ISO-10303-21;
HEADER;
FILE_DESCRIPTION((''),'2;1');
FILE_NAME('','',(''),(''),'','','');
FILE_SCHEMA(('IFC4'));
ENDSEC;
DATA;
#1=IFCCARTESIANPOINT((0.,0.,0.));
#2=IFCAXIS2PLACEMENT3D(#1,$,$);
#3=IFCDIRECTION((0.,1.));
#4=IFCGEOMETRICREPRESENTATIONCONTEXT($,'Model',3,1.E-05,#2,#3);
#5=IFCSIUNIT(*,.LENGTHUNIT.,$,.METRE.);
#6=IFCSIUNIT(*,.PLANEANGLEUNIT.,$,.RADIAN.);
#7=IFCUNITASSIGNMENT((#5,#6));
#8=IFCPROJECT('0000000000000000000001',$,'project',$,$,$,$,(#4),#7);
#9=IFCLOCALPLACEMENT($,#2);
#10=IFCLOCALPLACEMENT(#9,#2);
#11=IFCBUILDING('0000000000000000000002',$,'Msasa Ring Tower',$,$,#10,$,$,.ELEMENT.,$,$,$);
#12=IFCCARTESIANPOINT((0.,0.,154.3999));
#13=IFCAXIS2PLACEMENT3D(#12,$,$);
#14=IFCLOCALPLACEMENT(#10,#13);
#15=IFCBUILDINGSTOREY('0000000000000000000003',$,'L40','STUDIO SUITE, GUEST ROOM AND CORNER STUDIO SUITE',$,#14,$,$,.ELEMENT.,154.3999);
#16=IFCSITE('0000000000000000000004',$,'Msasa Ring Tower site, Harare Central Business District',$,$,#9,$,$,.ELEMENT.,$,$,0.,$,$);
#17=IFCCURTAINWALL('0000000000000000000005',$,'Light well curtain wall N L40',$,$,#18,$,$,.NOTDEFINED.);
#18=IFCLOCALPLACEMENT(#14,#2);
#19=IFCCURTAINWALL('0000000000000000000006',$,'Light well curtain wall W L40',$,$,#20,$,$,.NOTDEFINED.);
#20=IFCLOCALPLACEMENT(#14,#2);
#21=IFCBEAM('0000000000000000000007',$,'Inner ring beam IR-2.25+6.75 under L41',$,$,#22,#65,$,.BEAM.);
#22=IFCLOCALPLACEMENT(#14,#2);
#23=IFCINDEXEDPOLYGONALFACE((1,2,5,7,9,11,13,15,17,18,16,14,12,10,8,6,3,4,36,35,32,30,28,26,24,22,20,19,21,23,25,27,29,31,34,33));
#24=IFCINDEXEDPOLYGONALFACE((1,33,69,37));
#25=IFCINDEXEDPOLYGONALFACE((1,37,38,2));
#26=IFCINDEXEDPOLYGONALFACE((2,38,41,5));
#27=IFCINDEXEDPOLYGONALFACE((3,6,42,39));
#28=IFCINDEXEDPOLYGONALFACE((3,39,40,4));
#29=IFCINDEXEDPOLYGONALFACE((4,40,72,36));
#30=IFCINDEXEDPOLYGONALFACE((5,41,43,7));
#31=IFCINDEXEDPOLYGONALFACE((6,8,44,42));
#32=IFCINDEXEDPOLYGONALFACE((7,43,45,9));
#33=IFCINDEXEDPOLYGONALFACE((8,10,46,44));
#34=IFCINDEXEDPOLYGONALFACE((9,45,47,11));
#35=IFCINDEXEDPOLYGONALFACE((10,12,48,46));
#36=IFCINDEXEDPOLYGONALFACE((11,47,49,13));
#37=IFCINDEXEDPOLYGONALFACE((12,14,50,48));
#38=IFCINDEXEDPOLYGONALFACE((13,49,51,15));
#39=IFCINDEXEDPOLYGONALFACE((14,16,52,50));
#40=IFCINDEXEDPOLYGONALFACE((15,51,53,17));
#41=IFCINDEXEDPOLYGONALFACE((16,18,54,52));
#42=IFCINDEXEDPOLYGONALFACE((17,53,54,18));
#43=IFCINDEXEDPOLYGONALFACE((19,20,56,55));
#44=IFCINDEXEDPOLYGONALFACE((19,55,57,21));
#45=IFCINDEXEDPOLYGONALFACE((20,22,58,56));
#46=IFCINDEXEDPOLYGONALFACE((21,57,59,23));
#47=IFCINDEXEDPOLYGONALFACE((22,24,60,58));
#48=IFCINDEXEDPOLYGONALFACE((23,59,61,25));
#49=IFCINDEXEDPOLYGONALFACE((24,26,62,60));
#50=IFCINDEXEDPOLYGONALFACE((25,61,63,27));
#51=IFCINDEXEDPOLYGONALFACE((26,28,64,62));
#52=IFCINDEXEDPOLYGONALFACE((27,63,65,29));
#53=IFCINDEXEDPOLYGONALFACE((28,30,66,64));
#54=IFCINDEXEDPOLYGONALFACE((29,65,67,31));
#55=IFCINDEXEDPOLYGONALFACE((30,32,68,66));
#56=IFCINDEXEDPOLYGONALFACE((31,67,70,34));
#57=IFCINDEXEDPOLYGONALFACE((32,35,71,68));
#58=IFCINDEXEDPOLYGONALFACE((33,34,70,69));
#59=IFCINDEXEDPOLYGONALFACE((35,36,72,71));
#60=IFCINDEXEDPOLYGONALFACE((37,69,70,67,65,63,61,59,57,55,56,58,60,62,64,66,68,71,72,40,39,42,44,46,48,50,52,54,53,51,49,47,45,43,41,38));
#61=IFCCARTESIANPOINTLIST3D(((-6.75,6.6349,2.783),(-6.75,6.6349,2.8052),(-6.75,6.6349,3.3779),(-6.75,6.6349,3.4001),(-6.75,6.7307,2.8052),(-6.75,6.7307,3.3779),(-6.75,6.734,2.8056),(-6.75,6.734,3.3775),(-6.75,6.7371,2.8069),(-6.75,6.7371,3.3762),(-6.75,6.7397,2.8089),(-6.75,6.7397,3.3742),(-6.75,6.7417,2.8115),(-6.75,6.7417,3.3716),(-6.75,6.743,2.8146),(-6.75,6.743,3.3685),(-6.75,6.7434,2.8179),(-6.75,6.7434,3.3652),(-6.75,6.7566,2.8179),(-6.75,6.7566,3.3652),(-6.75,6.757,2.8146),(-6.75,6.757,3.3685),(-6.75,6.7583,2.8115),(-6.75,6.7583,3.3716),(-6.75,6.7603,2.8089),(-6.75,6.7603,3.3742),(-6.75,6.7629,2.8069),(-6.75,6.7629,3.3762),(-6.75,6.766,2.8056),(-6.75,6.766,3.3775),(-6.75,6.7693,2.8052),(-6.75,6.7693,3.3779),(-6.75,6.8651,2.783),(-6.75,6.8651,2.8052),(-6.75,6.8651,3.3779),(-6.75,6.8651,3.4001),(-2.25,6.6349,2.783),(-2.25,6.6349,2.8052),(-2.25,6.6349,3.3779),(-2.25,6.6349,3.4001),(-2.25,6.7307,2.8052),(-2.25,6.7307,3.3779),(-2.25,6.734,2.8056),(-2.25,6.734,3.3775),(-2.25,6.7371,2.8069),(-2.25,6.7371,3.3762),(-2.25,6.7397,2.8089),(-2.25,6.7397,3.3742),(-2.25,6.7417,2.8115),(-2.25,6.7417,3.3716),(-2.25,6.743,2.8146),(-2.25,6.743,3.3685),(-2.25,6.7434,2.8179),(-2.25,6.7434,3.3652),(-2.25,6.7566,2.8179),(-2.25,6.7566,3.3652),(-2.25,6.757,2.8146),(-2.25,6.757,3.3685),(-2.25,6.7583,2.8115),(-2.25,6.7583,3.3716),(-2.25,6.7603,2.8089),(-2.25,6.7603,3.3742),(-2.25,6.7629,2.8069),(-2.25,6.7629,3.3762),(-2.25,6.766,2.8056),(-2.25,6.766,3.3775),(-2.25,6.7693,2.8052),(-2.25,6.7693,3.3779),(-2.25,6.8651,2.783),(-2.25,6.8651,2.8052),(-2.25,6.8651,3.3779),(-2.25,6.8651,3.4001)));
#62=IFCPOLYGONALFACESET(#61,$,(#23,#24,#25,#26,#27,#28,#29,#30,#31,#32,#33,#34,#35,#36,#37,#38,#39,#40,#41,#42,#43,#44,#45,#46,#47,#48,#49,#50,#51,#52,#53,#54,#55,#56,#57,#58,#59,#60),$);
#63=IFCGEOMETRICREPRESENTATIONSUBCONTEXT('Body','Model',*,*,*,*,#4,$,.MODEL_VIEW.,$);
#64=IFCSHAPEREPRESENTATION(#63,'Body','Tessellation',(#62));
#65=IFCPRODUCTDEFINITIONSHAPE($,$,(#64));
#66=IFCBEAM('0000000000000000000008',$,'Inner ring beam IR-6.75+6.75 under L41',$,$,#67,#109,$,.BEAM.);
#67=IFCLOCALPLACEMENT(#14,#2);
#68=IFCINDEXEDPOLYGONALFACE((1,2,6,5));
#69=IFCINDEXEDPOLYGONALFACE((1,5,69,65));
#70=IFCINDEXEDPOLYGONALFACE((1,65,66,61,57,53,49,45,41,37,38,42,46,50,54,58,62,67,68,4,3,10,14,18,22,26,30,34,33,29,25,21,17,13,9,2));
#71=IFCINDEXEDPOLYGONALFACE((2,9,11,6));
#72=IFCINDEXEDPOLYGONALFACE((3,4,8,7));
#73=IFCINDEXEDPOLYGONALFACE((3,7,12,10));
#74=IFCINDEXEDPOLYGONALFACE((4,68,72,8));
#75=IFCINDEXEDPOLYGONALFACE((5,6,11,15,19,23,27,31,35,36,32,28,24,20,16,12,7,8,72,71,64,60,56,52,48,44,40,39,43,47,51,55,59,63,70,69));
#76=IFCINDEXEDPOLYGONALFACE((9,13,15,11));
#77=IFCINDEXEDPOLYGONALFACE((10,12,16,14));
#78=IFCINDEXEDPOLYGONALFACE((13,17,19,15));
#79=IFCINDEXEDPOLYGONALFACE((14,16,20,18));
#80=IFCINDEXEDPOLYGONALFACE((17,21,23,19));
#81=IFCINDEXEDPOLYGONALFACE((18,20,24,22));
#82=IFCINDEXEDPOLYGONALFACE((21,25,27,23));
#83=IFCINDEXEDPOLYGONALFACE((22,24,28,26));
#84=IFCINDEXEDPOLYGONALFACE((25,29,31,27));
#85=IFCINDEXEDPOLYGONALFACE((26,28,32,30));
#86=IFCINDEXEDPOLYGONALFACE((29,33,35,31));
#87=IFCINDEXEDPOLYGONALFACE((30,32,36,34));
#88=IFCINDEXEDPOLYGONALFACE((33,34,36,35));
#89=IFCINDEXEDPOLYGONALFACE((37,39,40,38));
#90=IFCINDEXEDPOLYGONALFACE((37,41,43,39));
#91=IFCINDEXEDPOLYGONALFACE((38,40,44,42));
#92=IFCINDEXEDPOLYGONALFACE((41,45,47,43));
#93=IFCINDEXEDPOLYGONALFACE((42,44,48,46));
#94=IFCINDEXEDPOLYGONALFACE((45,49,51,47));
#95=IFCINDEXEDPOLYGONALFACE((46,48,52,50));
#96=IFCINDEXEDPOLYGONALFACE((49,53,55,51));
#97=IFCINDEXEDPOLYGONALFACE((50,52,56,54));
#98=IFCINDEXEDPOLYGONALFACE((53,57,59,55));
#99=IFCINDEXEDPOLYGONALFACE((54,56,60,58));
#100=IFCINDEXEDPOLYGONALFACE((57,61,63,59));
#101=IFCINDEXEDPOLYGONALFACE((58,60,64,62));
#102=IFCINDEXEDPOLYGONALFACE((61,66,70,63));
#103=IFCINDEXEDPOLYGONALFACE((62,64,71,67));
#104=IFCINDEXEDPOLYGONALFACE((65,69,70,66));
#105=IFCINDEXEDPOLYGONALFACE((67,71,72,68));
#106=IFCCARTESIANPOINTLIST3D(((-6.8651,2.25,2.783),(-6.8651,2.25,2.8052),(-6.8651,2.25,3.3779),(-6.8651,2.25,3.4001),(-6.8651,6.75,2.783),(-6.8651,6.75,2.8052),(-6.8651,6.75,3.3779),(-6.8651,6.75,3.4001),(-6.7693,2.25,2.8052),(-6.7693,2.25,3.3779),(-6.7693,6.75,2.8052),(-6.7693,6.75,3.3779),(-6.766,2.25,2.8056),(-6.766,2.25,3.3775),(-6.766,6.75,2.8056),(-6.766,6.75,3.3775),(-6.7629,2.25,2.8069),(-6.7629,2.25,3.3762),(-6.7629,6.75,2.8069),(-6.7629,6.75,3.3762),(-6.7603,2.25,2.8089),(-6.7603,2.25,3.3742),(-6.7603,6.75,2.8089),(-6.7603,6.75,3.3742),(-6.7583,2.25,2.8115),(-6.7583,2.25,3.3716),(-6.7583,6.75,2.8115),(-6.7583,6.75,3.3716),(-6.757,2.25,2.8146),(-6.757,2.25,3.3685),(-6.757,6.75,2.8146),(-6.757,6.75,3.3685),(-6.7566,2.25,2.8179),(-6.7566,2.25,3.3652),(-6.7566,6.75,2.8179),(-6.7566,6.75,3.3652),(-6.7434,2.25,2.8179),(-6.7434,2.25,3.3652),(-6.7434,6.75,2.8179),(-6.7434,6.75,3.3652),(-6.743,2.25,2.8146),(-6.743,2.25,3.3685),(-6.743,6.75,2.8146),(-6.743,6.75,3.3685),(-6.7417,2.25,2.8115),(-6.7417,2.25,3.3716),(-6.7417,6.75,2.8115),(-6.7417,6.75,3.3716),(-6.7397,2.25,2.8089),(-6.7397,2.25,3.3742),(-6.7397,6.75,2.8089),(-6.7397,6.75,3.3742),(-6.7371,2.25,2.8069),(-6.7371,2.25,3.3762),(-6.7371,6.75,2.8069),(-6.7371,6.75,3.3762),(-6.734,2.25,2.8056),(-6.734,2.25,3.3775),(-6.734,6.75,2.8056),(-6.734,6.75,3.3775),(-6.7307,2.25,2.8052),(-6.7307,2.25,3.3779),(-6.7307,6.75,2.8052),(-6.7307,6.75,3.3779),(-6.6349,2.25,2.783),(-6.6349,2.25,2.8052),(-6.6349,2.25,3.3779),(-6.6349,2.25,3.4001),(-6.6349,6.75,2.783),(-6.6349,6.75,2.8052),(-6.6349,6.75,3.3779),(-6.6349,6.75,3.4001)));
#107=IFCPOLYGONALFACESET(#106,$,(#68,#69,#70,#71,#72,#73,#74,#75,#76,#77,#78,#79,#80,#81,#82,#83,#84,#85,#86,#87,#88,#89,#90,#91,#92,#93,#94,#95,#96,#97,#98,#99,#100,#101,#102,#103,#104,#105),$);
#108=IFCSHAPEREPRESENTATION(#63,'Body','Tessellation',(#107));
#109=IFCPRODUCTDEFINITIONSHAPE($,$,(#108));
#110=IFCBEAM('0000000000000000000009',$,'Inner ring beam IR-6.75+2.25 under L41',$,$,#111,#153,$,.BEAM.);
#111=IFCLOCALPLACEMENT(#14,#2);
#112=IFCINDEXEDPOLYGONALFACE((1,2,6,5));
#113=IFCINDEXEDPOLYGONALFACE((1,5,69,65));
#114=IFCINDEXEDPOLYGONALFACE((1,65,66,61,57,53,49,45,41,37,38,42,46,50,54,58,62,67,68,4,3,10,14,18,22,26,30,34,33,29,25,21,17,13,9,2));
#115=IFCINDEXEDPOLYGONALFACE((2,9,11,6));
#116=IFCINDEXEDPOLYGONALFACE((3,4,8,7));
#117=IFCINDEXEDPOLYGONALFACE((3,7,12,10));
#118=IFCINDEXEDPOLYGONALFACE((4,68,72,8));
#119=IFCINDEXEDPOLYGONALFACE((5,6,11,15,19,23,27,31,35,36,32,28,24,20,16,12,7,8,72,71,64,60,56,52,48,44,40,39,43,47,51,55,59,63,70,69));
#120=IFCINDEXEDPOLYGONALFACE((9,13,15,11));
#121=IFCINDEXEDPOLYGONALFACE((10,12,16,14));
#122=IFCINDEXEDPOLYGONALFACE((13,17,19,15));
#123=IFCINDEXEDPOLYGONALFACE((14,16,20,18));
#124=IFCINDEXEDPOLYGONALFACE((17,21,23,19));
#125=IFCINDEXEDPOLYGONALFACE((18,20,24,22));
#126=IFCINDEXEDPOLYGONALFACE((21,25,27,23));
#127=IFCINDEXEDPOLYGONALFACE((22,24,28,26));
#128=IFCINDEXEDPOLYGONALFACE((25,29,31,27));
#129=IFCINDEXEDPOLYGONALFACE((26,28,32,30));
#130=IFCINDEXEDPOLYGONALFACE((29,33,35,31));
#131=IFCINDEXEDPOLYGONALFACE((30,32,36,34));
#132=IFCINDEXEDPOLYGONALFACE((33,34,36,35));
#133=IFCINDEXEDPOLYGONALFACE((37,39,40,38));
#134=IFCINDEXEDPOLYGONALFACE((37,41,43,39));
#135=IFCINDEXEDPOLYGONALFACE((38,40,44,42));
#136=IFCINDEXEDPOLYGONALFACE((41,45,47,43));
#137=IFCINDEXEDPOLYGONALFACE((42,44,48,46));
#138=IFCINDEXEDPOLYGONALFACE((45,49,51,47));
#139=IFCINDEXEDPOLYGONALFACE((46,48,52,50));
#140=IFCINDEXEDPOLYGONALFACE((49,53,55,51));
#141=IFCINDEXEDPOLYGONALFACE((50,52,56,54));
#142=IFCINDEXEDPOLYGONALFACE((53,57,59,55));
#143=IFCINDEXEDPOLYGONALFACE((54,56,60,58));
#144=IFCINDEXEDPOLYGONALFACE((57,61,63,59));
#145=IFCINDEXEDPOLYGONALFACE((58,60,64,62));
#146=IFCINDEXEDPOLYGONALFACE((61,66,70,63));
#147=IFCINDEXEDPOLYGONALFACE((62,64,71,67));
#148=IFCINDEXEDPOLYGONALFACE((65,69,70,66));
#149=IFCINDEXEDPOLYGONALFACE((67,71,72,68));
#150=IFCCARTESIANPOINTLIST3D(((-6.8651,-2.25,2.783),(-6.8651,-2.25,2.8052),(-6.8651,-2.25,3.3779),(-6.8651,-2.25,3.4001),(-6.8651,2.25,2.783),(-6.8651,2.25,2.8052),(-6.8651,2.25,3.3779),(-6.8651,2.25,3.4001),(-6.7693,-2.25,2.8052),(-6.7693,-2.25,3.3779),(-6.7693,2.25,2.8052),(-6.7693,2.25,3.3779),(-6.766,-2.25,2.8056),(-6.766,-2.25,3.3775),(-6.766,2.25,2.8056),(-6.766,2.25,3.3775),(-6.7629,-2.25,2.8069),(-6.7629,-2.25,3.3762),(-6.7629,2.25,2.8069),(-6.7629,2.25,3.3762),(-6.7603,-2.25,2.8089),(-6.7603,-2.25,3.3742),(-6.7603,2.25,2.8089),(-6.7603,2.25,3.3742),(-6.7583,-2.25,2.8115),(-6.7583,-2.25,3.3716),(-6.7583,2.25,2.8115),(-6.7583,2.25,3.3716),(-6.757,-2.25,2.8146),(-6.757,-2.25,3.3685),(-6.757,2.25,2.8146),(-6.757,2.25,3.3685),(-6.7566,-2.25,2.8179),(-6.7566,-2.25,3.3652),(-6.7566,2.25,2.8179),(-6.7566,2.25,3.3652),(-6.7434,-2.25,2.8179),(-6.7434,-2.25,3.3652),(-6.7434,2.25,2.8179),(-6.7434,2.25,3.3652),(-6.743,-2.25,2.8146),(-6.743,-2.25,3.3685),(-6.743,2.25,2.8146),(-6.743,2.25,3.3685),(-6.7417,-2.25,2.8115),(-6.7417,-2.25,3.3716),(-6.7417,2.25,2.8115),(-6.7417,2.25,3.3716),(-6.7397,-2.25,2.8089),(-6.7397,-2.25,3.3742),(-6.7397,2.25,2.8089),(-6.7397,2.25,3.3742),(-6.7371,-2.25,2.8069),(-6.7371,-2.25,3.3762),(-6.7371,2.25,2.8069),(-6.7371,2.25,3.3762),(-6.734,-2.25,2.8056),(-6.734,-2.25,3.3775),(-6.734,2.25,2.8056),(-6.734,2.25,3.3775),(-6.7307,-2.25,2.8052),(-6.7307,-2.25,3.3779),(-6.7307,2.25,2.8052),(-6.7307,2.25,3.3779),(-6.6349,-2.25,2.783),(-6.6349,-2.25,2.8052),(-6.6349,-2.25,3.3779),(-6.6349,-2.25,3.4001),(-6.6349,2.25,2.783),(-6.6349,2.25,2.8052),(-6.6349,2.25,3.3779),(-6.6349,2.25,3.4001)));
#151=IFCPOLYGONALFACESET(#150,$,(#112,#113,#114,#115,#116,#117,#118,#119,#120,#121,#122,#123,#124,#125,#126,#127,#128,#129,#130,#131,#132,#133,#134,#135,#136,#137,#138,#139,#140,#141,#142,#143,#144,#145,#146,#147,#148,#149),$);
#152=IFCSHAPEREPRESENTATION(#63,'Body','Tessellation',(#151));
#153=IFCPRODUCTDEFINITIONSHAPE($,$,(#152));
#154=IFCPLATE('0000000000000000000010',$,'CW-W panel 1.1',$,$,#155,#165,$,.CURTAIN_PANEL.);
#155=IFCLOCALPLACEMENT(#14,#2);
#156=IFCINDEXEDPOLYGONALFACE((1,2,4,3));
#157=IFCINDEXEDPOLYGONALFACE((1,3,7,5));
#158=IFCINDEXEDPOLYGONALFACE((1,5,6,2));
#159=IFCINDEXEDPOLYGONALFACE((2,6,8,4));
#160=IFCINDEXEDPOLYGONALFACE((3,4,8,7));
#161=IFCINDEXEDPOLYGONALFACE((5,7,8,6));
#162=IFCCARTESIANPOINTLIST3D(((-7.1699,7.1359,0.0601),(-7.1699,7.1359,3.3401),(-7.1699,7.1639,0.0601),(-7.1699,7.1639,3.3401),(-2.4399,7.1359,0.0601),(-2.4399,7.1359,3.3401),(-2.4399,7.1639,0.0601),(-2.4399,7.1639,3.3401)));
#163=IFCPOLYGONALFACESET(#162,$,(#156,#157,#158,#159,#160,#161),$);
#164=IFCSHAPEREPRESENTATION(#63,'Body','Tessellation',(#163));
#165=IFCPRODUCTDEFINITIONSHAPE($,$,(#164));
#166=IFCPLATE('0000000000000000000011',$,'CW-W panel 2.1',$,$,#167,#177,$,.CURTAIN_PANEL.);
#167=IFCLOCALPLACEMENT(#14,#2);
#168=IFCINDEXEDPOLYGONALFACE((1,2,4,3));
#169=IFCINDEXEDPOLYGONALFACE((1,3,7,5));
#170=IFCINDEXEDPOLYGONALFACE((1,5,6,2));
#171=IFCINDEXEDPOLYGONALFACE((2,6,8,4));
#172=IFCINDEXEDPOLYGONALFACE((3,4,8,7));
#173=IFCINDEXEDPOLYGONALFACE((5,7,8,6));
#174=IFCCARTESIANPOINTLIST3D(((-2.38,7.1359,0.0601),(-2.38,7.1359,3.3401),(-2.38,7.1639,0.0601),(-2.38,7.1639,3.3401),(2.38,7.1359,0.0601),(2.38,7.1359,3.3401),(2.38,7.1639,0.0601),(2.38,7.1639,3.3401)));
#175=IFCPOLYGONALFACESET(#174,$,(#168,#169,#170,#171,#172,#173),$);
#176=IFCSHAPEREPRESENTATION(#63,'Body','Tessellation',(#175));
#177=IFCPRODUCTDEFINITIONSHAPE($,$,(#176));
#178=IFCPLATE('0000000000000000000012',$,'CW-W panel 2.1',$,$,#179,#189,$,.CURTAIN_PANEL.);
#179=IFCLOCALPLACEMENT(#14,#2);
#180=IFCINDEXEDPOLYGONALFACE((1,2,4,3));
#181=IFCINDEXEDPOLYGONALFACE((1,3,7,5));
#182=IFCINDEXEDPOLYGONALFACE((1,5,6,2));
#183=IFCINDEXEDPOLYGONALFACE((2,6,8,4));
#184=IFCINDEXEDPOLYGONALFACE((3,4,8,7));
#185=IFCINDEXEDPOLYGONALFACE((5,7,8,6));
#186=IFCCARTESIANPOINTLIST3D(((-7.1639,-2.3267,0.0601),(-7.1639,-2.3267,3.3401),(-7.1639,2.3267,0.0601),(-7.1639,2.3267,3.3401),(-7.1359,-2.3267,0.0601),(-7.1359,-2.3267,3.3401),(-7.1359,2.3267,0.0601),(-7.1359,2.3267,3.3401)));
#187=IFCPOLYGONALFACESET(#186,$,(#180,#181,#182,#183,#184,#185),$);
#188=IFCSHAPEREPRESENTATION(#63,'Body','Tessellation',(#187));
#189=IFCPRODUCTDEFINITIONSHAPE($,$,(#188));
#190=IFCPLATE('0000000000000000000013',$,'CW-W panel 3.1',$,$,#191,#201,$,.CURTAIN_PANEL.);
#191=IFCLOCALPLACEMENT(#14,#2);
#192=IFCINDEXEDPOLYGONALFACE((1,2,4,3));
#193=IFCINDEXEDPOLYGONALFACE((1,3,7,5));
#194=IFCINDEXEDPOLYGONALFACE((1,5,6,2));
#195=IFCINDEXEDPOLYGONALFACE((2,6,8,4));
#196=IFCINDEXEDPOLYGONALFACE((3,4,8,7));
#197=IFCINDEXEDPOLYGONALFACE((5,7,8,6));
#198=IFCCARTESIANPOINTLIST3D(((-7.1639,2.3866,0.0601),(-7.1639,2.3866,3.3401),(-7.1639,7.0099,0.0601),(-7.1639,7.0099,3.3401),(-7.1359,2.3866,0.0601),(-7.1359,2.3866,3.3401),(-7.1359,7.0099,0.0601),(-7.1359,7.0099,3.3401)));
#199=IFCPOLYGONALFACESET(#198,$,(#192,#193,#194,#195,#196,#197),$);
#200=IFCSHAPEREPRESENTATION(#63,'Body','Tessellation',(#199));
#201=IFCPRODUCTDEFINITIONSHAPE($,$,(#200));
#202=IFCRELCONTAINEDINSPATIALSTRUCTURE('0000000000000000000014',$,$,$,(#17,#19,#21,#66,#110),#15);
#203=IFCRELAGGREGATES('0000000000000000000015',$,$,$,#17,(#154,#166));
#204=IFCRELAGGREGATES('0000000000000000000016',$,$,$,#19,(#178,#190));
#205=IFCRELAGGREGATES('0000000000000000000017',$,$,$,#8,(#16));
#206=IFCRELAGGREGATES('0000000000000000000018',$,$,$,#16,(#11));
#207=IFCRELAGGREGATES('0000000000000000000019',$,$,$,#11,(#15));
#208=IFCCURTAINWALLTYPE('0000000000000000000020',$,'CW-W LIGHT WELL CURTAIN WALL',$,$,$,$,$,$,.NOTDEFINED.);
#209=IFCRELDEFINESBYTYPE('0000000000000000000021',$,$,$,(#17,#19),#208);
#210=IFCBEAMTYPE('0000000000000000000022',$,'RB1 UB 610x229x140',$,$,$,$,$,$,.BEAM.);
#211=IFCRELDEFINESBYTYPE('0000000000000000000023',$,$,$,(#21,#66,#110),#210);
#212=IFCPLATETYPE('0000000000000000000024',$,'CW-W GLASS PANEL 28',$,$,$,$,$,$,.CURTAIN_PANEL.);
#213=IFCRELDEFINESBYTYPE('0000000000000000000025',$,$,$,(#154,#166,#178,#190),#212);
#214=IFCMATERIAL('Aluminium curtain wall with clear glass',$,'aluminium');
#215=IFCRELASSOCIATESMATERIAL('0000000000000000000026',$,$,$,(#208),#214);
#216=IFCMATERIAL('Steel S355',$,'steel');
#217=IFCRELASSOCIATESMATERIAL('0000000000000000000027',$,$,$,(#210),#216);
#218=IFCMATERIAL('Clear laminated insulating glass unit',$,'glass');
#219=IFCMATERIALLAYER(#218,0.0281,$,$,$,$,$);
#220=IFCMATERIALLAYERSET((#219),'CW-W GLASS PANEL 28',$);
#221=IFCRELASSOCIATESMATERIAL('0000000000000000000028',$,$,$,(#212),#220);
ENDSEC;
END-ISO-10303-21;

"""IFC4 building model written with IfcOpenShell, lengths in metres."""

from ifc_helpers import new_model, si_unit, direction, frame, origin, origin_2d, place, context, subcontext, project, spatial, rectangle, i_section, extrude, material, layer, layer_set, material_profile, profile_set, type_object, element, aggregate, save


model = new_model("IFC4")

# Units and contexts
model_context = context("Model", 3, precision=1e-05, world=origin(), true_north=direction((0.0, 1.0)))
body_context = subcontext(model_context, "Body", "Model", "MODEL_VIEW")
ifc_project = project(units=[si_unit("LENGTHUNIT", "METRE"), si_unit("PLANEANGLEUNIT", "RADIAN")], contexts=[model_context])

# Site, building, storey
site_placement = place(None, origin())
site = spatial("IfcSite", under=ifc_project, at=site_placement, Name="Msasa Ring Tower site, Harare Central Business District", CompositionType="ELEMENT", RefElevation=0.0)
building_placement = place(site_placement, origin())
building = spatial("IfcBuilding", under=site, at=building_placement, Name="Msasa Ring Tower", CompositionType="ELEMENT")
storey_placement = place(building_placement, frame((0.0, 0.0, 154.3999)))
storey = spatial("IfcBuildingStorey", under=building, at=storey_placement, Name="L40", Description="STUDIO SUITE, GUEST ROOM AND CORNER STUDIO SUITE", CompositionType="ELEMENT", Elevation=154.3999)

# Curtain wall
ifc_material_1 = material(Name="Aluminium curtain wall with clear glass", Category="aluminium")
curtain_wall_type = type_object("IfcCurtainWallType", Name="CW-W LIGHT WELL CURTAIN WALL", PredefinedType="NOTDEFINED", material=ifc_material_1)
curtain_wall_1_placement = place(storey_placement, origin())
curtain_wall_1 = element("IfcCurtainWall", 1, at=curtain_wall_1_placement, inside=storey, type_object=curtain_wall_type, Name="Light well curtain wall N L40", PredefinedType="NOTDEFINED")

# Curtain wall
curtain_wall_2_placement = place(storey_placement, origin())
curtain_wall_2 = element("IfcCurtainWall", 2, at=curtain_wall_2_placement, inside=storey, type_object=curtain_wall_type, Name="Light well curtain wall W L40", PredefinedType="NOTDEFINED")

# Beams
ifc_material_2 = material(Name="Steel S355", Category="steel")
ifc_material_profile_1 = material_profile(ifc_material_2, i_section(OverallWidth=0.2302, OverallDepth=0.6172, WebThickness=0.0132, FlangeThickness=0.0222, FilletRadius=0.0127, at=origin_2d()), Name="UB 610x229x140")
ifc_profile_set_1 = profile_set([ifc_material_profile_1], Name="Steel S355")
beam_type = type_object("IfcBeamType", Name="RB1 UB 610x229x140", PredefinedType="BEAM", material=ifc_profile_set_1)
for number, where, z_axis, x_axis, name in (
    (3, (-2.25, 6.75, 3.0916), (-1.0, 0.0, 0.0), (0.0, -1.0, 0.0), "Inner ring beam IR-2.25+6.75 under L41"),
    (4, (-6.75, 6.75, 3.0916), (0.0, -1.0, 0.0), (1.0, 0.0, 0.0), "Inner ring beam IR-6.75+6.75 under L41"),
    (5, (-6.75, 2.25, 3.0916), (0.0, -1.0, 0.0), (1.0, 0.0, 0.0), "Inner ring beam IR-6.75+2.25 under L41"),
):
    element("IfcBeam", number, at=place(storey_placement, frame(where, z_axis=z_axis, x_axis=x_axis)), inside=storey, type_object=beam_type, Name=name, PredefinedType="BEAM", context=body_context, shape_type="SweptSolid", body=[
        extrude(i_section(OverallWidth=0.2302, OverallDepth=0.6172, WebThickness=0.0132, FlangeThickness=0.0222, FilletRadius=0.0127, at=origin_2d()), origin(), (0.0, 0.0, 1.0), 4.5),
    ])

# Plates
ifc_material_3 = material(Name="Clear laminated insulating glass unit", Category="glass")
ifc_layer_1 = layer(ifc_material_3, 0.0281)
ifc_layer_set_1 = layer_set([ifc_layer_1], Name="CW-W GLASS PANEL 28")
plate_type = type_object("IfcPlateType", Name="CW-W GLASS PANEL 28", PredefinedType="CURTAIN_PANEL", material=ifc_layer_set_1)
plate_1_placement = place(storey_placement, frame((-4.8049, 7.1499, 0.0601), z_axis=(0.0, 0.0, 1.0), x_axis=(1.0, 0.0, 0.0)))
plate_1 = element("IfcPlate", 6, at=plate_1_placement, type_object=plate_type, Name="CW-W panel 1.1", PredefinedType="CURTAIN_PANEL", context=body_context, shape_type="SweptSolid", body=[
    extrude(rectangle(XDim=4.73, YDim=0.0281, at=origin_2d()), origin(), (0.0, 0.0, 1.0), 3.28),
])
plate_2_placement = place(storey_placement, frame((0.0, 7.1499, 0.0601), z_axis=(0.0, 0.0, 1.0), x_axis=(1.0, 0.0, 0.0)))
plate_2 = element("IfcPlate", 7, at=plate_2_placement, type_object=plate_type, Name="CW-W panel 2.1", PredefinedType="CURTAIN_PANEL", context=body_context, shape_type="SweptSolid", body=[
    extrude(rectangle(XDim=4.76, YDim=0.0281, at=origin_2d()), origin(), (0.0, 0.0, 1.0), 3.28),
])
aggregate(curtain_wall_1, [plate_1, plate_2])
plate_3_placement = place(storey_placement, frame((-7.1499, 0.0, 0.0601), z_axis=(0.0, 0.0, 1.0), x_axis=(0.0, 1.0, 0.0)))
plate_3 = element("IfcPlate", 8, at=plate_3_placement, type_object=plate_type, Name="CW-W panel 2.1", PredefinedType="CURTAIN_PANEL", context=body_context, shape_type="SweptSolid", body=[
    extrude(rectangle(XDim=4.6533, YDim=0.0281, at=origin_2d()), origin(), (0.0, 0.0, 1.0), 3.28),
])
plate_4_placement = place(storey_placement, frame((-7.1499, 4.6982, 0.0601), z_axis=(0.0, 0.0, 1.0), x_axis=(0.0, 1.0, 0.0)))
plate_4 = element("IfcPlate", 9, at=plate_4_placement, type_object=plate_type, Name="CW-W panel 3.1", PredefinedType="CURTAIN_PANEL", context=body_context, shape_type="SweptSolid", body=[
    extrude(rectangle(XDim=4.6233, YDim=0.0281, at=origin_2d()), origin(), (0.0, 0.0, 1.0), 3.28),
])
aggregate(curtain_wall_2, [plate_3, plate_4])

save(model, "model.ifc")
